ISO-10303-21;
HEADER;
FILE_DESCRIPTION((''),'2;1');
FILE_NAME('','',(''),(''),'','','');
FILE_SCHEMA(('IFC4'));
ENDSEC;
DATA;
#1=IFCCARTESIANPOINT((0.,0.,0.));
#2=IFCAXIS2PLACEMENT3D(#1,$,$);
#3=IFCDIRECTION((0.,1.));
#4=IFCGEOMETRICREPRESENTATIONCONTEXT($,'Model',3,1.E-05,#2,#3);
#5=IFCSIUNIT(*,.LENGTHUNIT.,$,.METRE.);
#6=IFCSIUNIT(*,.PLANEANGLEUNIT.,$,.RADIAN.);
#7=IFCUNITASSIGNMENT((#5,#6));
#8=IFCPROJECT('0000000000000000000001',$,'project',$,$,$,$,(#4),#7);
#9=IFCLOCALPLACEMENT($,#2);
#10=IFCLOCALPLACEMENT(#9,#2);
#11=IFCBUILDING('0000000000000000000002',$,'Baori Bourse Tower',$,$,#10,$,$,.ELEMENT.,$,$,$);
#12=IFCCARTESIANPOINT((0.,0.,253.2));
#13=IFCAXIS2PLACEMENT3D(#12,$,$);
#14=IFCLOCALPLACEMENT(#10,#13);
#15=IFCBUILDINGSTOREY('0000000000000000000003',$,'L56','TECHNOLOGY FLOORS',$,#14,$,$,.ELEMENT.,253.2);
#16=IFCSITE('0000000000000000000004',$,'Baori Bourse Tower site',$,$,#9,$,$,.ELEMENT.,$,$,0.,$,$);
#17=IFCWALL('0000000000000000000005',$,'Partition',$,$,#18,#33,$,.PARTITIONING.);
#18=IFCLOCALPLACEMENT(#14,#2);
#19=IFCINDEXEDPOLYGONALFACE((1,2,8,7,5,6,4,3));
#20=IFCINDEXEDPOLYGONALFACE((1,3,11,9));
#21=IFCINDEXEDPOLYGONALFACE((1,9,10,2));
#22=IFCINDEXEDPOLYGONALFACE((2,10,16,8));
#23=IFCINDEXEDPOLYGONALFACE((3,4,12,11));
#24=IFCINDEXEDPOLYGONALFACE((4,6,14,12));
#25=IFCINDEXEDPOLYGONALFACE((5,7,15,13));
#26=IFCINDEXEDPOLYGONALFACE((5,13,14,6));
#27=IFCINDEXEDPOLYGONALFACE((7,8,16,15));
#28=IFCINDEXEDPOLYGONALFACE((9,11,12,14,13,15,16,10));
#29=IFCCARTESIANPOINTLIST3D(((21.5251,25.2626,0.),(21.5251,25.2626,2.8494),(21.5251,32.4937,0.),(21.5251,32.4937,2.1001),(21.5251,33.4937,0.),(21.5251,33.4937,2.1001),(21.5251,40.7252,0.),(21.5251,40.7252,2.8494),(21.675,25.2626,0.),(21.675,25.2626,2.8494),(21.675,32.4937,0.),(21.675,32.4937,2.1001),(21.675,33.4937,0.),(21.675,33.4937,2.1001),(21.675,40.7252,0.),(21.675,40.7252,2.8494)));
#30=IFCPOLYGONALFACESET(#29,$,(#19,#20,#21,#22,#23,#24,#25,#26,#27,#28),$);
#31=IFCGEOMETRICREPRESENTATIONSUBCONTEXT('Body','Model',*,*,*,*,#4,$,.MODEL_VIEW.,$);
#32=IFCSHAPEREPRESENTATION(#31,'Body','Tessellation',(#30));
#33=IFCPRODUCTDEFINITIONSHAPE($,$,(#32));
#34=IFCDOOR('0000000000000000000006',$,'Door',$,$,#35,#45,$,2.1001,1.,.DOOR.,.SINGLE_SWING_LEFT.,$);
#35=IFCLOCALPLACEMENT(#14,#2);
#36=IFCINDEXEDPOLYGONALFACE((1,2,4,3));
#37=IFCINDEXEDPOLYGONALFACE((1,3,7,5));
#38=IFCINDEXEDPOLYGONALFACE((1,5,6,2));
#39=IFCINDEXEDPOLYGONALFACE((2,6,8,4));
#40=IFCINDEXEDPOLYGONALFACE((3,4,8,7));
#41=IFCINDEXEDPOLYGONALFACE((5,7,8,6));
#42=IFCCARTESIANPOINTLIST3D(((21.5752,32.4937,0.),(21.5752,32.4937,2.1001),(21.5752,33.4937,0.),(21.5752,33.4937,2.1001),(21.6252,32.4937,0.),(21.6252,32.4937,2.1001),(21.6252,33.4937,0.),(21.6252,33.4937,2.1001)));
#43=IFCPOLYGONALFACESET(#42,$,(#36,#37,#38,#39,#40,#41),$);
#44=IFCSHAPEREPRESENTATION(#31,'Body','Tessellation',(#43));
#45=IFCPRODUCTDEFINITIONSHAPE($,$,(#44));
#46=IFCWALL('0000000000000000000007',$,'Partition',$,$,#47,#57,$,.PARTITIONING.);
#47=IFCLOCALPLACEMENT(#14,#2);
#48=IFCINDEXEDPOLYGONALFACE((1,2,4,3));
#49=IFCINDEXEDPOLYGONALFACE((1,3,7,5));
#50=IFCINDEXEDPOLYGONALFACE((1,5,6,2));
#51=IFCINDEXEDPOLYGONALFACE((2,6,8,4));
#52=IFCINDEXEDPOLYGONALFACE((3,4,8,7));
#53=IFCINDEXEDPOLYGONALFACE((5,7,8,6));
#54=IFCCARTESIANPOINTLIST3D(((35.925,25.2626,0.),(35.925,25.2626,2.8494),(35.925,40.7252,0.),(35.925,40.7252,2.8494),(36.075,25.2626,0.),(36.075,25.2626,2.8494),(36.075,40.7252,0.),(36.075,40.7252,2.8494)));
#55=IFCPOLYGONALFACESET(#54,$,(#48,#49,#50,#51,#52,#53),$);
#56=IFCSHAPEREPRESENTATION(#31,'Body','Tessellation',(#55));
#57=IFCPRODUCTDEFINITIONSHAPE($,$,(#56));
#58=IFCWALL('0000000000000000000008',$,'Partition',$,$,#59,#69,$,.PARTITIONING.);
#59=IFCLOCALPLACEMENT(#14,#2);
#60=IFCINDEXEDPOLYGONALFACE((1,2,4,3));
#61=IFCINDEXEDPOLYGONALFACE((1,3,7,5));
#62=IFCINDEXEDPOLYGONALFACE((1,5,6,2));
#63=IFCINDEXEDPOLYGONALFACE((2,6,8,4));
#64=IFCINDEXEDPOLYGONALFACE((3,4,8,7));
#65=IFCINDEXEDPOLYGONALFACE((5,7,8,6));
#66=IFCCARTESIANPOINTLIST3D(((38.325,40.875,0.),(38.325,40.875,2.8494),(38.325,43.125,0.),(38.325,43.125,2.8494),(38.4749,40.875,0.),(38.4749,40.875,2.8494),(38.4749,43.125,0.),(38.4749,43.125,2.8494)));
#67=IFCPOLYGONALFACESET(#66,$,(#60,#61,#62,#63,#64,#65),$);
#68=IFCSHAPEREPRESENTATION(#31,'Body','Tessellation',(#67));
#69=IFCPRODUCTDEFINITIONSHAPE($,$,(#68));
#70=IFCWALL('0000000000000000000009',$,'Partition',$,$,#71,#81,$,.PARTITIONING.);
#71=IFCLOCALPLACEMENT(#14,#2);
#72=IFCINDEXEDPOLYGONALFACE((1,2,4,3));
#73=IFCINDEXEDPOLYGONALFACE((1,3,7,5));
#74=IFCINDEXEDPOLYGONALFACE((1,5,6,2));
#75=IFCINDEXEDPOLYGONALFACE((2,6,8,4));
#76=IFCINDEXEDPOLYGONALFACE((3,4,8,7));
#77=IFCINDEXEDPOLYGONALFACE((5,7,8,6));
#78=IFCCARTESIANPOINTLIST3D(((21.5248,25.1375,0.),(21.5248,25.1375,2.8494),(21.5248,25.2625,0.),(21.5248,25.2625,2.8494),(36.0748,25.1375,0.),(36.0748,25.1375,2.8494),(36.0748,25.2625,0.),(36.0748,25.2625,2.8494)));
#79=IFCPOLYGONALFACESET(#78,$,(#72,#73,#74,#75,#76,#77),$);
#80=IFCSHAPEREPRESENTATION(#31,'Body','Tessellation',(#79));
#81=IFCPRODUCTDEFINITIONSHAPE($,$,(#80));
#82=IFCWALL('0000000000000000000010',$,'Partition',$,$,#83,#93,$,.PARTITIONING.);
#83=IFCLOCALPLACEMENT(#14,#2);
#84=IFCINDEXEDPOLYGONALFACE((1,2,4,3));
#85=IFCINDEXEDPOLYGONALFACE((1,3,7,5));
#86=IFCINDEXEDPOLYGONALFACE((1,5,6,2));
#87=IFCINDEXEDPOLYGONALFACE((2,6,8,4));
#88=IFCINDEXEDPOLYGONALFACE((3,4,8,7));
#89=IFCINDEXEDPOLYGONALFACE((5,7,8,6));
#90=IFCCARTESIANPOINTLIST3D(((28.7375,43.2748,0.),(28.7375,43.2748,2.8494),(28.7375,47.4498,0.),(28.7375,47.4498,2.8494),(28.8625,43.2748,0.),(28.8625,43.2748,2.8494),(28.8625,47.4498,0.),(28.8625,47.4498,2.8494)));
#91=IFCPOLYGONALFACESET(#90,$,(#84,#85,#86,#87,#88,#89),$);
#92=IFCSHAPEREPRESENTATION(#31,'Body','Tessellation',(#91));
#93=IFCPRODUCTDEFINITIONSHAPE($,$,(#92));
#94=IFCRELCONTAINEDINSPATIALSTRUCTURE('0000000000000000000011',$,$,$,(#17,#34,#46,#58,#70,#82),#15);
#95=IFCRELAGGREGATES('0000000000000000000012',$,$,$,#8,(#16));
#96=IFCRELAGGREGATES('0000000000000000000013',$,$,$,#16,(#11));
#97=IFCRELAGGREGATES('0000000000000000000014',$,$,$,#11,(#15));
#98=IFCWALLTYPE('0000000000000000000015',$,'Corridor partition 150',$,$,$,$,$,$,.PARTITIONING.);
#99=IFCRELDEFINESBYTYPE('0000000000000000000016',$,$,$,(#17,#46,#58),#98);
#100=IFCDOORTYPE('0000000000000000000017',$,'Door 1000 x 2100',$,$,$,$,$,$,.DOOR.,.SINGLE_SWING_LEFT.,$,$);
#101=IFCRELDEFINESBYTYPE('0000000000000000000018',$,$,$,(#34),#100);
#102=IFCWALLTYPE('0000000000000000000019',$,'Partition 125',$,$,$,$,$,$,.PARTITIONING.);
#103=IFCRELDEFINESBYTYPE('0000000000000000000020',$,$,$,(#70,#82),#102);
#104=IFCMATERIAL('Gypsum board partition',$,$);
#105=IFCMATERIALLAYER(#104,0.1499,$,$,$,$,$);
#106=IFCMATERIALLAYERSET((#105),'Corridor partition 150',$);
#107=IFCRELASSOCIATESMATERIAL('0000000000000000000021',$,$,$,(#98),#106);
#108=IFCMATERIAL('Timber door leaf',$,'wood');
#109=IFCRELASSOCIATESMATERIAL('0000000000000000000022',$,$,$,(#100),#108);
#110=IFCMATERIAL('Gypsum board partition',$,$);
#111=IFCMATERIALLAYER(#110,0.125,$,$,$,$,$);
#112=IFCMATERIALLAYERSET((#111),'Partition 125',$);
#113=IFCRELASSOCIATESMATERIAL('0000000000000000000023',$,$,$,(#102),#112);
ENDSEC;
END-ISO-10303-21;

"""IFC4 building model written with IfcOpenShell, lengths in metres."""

from ifc_helpers import new_model, si_unit, direction, frame, frame_2d, origin, place, context, subcontext, project, spatial, rectangle, extrude, material, layer, layer_set, type_object, element, fill, save


model = new_model("IFC4")

# Units and contexts
model_context = context("Model", 3, precision=1e-05, world=origin(), true_north=direction((0.0, 1.0)))
body_context = subcontext(model_context, "Body", "Model", "MODEL_VIEW")
ifc_project = project(units=[si_unit("LENGTHUNIT", "METRE"), si_unit("PLANEANGLEUNIT", "RADIAN")], contexts=[model_context])

# Site, building, storey
site_placement = place(None, origin())
site = spatial("IfcSite", under=ifc_project, at=site_placement, Name="Baori Bourse Tower site", CompositionType="ELEMENT", RefElevation=0.0)
building_placement = place(site_placement, origin())
building = spatial("IfcBuilding", under=site, at=building_placement, Name="Baori Bourse Tower", CompositionType="ELEMENT")
storey_placement = place(building_placement, frame((0.0, 0.0, 253.2)))
storey = spatial("IfcBuildingStorey", under=building, at=storey_placement, Name="L56", Description="TECHNOLOGY FLOORS", CompositionType="ELEMENT", Elevation=253.2)

# Shared definitions
ifc_material_1 = material(Name="Gypsum board partition")
ifc_layer_1 = layer(ifc_material_1, 0.1499)
ifc_layer_set_1 = layer_set([ifc_layer_1], Name="Corridor partition 150")
wall_type_1 = type_object("IfcWallType", Name="Corridor partition 150", PredefinedType="PARTITIONING", material=ifc_layer_set_1)

# Wall, opening, door
ifc_material_2 = material(Name="Timber door leaf", Category="wood")
door_type_1 = type_object("IfcDoorType", Name="Door 1000 x 2100", OperationType="SINGLE_SWING_LEFT", PredefinedType="DOOR", material=ifc_material_2)
wall_1_placement = place(storey_placement, frame((21.6001, 25.2625, 0.0), z_axis=(0.0, 0.0, 1.0), x_axis=(0.0, 1.0, 0.0)))
wall_1 = element("IfcWall", 1, at=wall_1_placement, inside=storey, type_object=wall_type_1, Name="Partition", PredefinedType="PARTITIONING", context=body_context, shape_type="SweptSolid", body=[
    extrude(rectangle(XDim=15.4626, YDim=0.1499, at=frame_2d((7.7314, 0.0))), origin(), (0.0, 0.0, 1.0), 2.8494),
])
opening_1_placement = place(wall_1_placement, frame((7.2312, 0.0, 0.0)))
opening_1 = element("IfcOpeningElement", 2, at=opening_1_placement, cuts=wall_1, PredefinedType="OPENING", context=body_context, shape_type="SweptSolid", body=[
    extrude(rectangle(XDim=1.0, YDim=2.1001, at=frame_2d((0.5, 1.05))), frame((0.0, 0.085, 0.0), z_axis=(0.0, -1.0, 0.0), x_axis=(1.0, 0.0, 0.0)), (0.0, 0.0, 1.0), 0.1699),
])
door_1_placement = place(opening_1_placement, origin())
door_1 = element("IfcDoor", 3, at=door_1_placement, inside=storey, type_object=door_type_1, Name="Door", OperationType="SINGLE_SWING_LEFT", OverallHeight=2.1001, OverallWidth=1.0, PredefinedType="DOOR", context=body_context, shape_type="SweptSolid", body=[
    extrude(rectangle(XDim=1.0, YDim=2.1001, at=frame_2d((0.5, 1.05))), frame((0.0, 0.0249, 0.0), z_axis=(0.0, -1.0, 0.0), x_axis=(1.0, 0.0, 0.0)), (0.0, 0.0, 1.0), 0.05),
])
fill(opening_1, door_1)

# Walls
wall_2_placement = place(storey_placement, frame((36.0, 25.2625, 0.0), z_axis=(0.0, 0.0, 1.0), x_axis=(0.0, 1.0, 0.0)))
element("IfcWall", 4, at=wall_2_placement, inside=storey, type_object=wall_type_1, Name="Partition", PredefinedType="PARTITIONING", context=body_context, shape_type="SweptSolid", body=[
    extrude(rectangle(XDim=15.4626, YDim=0.1499, at=frame_2d((7.7314, 0.0))), origin(), (0.0, 0.0, 1.0), 2.8494),
])
wall_3_placement = place(storey_placement, frame((38.3999, 40.875, 0.0), z_axis=(0.0, 0.0, 1.0), x_axis=(0.0, 1.0, 0.0)))
element("IfcWall", 5, at=wall_3_placement, inside=storey, type_object=wall_type_1, Name="Partition", PredefinedType="PARTITIONING", context=body_context, shape_type="SweptSolid", body=[
    extrude(rectangle(XDim=2.25, YDim=0.1499, at=frame_2d((1.125, 0.0))), origin(), (0.0, 0.0, 1.0), 2.8494),
])
ifc_material_3 = material(Name="Gypsum board partition")
ifc_layer_2 = layer(ifc_material_3, 0.125)
ifc_layer_set_2 = layer_set([ifc_layer_2], Name="Partition 125")
wall_type_2 = type_object("IfcWallType", Name="Partition 125", PredefinedType="PARTITIONING", material=ifc_layer_set_2)
wall_4_placement = place(storey_placement, frame((21.5249, 25.2, 0.0), z_axis=(0.0, 0.0, 1.0), x_axis=(1.0, 0.0, 0.0)))
element("IfcWall", 6, at=wall_4_placement, inside=storey, type_object=wall_type_2, Name="Partition", PredefinedType="PARTITIONING", context=body_context, shape_type="SweptSolid", body=[
    extrude(rectangle(XDim=14.55, YDim=0.125, at=frame_2d((7.2749, 0.0))), origin(), (0.0, 0.0, 1.0), 2.8494),
])
wall_5_placement = place(storey_placement, frame((28.8, 43.2749, 0.0), z_axis=(0.0, 0.0, 1.0), x_axis=(0.0, 1.0, 0.0)))
element("IfcWall", 7, at=wall_5_placement, inside=storey, type_object=wall_type_2, Name="Partition", PredefinedType="PARTITIONING", context=body_context, shape_type="SweptSolid", body=[
    extrude(rectangle(XDim=4.175, YDim=0.125, at=frame_2d((2.0874, 0.0))), origin(), (0.0, 0.0, 1.0), 2.8494),
])

save(model, "model.ifc")
